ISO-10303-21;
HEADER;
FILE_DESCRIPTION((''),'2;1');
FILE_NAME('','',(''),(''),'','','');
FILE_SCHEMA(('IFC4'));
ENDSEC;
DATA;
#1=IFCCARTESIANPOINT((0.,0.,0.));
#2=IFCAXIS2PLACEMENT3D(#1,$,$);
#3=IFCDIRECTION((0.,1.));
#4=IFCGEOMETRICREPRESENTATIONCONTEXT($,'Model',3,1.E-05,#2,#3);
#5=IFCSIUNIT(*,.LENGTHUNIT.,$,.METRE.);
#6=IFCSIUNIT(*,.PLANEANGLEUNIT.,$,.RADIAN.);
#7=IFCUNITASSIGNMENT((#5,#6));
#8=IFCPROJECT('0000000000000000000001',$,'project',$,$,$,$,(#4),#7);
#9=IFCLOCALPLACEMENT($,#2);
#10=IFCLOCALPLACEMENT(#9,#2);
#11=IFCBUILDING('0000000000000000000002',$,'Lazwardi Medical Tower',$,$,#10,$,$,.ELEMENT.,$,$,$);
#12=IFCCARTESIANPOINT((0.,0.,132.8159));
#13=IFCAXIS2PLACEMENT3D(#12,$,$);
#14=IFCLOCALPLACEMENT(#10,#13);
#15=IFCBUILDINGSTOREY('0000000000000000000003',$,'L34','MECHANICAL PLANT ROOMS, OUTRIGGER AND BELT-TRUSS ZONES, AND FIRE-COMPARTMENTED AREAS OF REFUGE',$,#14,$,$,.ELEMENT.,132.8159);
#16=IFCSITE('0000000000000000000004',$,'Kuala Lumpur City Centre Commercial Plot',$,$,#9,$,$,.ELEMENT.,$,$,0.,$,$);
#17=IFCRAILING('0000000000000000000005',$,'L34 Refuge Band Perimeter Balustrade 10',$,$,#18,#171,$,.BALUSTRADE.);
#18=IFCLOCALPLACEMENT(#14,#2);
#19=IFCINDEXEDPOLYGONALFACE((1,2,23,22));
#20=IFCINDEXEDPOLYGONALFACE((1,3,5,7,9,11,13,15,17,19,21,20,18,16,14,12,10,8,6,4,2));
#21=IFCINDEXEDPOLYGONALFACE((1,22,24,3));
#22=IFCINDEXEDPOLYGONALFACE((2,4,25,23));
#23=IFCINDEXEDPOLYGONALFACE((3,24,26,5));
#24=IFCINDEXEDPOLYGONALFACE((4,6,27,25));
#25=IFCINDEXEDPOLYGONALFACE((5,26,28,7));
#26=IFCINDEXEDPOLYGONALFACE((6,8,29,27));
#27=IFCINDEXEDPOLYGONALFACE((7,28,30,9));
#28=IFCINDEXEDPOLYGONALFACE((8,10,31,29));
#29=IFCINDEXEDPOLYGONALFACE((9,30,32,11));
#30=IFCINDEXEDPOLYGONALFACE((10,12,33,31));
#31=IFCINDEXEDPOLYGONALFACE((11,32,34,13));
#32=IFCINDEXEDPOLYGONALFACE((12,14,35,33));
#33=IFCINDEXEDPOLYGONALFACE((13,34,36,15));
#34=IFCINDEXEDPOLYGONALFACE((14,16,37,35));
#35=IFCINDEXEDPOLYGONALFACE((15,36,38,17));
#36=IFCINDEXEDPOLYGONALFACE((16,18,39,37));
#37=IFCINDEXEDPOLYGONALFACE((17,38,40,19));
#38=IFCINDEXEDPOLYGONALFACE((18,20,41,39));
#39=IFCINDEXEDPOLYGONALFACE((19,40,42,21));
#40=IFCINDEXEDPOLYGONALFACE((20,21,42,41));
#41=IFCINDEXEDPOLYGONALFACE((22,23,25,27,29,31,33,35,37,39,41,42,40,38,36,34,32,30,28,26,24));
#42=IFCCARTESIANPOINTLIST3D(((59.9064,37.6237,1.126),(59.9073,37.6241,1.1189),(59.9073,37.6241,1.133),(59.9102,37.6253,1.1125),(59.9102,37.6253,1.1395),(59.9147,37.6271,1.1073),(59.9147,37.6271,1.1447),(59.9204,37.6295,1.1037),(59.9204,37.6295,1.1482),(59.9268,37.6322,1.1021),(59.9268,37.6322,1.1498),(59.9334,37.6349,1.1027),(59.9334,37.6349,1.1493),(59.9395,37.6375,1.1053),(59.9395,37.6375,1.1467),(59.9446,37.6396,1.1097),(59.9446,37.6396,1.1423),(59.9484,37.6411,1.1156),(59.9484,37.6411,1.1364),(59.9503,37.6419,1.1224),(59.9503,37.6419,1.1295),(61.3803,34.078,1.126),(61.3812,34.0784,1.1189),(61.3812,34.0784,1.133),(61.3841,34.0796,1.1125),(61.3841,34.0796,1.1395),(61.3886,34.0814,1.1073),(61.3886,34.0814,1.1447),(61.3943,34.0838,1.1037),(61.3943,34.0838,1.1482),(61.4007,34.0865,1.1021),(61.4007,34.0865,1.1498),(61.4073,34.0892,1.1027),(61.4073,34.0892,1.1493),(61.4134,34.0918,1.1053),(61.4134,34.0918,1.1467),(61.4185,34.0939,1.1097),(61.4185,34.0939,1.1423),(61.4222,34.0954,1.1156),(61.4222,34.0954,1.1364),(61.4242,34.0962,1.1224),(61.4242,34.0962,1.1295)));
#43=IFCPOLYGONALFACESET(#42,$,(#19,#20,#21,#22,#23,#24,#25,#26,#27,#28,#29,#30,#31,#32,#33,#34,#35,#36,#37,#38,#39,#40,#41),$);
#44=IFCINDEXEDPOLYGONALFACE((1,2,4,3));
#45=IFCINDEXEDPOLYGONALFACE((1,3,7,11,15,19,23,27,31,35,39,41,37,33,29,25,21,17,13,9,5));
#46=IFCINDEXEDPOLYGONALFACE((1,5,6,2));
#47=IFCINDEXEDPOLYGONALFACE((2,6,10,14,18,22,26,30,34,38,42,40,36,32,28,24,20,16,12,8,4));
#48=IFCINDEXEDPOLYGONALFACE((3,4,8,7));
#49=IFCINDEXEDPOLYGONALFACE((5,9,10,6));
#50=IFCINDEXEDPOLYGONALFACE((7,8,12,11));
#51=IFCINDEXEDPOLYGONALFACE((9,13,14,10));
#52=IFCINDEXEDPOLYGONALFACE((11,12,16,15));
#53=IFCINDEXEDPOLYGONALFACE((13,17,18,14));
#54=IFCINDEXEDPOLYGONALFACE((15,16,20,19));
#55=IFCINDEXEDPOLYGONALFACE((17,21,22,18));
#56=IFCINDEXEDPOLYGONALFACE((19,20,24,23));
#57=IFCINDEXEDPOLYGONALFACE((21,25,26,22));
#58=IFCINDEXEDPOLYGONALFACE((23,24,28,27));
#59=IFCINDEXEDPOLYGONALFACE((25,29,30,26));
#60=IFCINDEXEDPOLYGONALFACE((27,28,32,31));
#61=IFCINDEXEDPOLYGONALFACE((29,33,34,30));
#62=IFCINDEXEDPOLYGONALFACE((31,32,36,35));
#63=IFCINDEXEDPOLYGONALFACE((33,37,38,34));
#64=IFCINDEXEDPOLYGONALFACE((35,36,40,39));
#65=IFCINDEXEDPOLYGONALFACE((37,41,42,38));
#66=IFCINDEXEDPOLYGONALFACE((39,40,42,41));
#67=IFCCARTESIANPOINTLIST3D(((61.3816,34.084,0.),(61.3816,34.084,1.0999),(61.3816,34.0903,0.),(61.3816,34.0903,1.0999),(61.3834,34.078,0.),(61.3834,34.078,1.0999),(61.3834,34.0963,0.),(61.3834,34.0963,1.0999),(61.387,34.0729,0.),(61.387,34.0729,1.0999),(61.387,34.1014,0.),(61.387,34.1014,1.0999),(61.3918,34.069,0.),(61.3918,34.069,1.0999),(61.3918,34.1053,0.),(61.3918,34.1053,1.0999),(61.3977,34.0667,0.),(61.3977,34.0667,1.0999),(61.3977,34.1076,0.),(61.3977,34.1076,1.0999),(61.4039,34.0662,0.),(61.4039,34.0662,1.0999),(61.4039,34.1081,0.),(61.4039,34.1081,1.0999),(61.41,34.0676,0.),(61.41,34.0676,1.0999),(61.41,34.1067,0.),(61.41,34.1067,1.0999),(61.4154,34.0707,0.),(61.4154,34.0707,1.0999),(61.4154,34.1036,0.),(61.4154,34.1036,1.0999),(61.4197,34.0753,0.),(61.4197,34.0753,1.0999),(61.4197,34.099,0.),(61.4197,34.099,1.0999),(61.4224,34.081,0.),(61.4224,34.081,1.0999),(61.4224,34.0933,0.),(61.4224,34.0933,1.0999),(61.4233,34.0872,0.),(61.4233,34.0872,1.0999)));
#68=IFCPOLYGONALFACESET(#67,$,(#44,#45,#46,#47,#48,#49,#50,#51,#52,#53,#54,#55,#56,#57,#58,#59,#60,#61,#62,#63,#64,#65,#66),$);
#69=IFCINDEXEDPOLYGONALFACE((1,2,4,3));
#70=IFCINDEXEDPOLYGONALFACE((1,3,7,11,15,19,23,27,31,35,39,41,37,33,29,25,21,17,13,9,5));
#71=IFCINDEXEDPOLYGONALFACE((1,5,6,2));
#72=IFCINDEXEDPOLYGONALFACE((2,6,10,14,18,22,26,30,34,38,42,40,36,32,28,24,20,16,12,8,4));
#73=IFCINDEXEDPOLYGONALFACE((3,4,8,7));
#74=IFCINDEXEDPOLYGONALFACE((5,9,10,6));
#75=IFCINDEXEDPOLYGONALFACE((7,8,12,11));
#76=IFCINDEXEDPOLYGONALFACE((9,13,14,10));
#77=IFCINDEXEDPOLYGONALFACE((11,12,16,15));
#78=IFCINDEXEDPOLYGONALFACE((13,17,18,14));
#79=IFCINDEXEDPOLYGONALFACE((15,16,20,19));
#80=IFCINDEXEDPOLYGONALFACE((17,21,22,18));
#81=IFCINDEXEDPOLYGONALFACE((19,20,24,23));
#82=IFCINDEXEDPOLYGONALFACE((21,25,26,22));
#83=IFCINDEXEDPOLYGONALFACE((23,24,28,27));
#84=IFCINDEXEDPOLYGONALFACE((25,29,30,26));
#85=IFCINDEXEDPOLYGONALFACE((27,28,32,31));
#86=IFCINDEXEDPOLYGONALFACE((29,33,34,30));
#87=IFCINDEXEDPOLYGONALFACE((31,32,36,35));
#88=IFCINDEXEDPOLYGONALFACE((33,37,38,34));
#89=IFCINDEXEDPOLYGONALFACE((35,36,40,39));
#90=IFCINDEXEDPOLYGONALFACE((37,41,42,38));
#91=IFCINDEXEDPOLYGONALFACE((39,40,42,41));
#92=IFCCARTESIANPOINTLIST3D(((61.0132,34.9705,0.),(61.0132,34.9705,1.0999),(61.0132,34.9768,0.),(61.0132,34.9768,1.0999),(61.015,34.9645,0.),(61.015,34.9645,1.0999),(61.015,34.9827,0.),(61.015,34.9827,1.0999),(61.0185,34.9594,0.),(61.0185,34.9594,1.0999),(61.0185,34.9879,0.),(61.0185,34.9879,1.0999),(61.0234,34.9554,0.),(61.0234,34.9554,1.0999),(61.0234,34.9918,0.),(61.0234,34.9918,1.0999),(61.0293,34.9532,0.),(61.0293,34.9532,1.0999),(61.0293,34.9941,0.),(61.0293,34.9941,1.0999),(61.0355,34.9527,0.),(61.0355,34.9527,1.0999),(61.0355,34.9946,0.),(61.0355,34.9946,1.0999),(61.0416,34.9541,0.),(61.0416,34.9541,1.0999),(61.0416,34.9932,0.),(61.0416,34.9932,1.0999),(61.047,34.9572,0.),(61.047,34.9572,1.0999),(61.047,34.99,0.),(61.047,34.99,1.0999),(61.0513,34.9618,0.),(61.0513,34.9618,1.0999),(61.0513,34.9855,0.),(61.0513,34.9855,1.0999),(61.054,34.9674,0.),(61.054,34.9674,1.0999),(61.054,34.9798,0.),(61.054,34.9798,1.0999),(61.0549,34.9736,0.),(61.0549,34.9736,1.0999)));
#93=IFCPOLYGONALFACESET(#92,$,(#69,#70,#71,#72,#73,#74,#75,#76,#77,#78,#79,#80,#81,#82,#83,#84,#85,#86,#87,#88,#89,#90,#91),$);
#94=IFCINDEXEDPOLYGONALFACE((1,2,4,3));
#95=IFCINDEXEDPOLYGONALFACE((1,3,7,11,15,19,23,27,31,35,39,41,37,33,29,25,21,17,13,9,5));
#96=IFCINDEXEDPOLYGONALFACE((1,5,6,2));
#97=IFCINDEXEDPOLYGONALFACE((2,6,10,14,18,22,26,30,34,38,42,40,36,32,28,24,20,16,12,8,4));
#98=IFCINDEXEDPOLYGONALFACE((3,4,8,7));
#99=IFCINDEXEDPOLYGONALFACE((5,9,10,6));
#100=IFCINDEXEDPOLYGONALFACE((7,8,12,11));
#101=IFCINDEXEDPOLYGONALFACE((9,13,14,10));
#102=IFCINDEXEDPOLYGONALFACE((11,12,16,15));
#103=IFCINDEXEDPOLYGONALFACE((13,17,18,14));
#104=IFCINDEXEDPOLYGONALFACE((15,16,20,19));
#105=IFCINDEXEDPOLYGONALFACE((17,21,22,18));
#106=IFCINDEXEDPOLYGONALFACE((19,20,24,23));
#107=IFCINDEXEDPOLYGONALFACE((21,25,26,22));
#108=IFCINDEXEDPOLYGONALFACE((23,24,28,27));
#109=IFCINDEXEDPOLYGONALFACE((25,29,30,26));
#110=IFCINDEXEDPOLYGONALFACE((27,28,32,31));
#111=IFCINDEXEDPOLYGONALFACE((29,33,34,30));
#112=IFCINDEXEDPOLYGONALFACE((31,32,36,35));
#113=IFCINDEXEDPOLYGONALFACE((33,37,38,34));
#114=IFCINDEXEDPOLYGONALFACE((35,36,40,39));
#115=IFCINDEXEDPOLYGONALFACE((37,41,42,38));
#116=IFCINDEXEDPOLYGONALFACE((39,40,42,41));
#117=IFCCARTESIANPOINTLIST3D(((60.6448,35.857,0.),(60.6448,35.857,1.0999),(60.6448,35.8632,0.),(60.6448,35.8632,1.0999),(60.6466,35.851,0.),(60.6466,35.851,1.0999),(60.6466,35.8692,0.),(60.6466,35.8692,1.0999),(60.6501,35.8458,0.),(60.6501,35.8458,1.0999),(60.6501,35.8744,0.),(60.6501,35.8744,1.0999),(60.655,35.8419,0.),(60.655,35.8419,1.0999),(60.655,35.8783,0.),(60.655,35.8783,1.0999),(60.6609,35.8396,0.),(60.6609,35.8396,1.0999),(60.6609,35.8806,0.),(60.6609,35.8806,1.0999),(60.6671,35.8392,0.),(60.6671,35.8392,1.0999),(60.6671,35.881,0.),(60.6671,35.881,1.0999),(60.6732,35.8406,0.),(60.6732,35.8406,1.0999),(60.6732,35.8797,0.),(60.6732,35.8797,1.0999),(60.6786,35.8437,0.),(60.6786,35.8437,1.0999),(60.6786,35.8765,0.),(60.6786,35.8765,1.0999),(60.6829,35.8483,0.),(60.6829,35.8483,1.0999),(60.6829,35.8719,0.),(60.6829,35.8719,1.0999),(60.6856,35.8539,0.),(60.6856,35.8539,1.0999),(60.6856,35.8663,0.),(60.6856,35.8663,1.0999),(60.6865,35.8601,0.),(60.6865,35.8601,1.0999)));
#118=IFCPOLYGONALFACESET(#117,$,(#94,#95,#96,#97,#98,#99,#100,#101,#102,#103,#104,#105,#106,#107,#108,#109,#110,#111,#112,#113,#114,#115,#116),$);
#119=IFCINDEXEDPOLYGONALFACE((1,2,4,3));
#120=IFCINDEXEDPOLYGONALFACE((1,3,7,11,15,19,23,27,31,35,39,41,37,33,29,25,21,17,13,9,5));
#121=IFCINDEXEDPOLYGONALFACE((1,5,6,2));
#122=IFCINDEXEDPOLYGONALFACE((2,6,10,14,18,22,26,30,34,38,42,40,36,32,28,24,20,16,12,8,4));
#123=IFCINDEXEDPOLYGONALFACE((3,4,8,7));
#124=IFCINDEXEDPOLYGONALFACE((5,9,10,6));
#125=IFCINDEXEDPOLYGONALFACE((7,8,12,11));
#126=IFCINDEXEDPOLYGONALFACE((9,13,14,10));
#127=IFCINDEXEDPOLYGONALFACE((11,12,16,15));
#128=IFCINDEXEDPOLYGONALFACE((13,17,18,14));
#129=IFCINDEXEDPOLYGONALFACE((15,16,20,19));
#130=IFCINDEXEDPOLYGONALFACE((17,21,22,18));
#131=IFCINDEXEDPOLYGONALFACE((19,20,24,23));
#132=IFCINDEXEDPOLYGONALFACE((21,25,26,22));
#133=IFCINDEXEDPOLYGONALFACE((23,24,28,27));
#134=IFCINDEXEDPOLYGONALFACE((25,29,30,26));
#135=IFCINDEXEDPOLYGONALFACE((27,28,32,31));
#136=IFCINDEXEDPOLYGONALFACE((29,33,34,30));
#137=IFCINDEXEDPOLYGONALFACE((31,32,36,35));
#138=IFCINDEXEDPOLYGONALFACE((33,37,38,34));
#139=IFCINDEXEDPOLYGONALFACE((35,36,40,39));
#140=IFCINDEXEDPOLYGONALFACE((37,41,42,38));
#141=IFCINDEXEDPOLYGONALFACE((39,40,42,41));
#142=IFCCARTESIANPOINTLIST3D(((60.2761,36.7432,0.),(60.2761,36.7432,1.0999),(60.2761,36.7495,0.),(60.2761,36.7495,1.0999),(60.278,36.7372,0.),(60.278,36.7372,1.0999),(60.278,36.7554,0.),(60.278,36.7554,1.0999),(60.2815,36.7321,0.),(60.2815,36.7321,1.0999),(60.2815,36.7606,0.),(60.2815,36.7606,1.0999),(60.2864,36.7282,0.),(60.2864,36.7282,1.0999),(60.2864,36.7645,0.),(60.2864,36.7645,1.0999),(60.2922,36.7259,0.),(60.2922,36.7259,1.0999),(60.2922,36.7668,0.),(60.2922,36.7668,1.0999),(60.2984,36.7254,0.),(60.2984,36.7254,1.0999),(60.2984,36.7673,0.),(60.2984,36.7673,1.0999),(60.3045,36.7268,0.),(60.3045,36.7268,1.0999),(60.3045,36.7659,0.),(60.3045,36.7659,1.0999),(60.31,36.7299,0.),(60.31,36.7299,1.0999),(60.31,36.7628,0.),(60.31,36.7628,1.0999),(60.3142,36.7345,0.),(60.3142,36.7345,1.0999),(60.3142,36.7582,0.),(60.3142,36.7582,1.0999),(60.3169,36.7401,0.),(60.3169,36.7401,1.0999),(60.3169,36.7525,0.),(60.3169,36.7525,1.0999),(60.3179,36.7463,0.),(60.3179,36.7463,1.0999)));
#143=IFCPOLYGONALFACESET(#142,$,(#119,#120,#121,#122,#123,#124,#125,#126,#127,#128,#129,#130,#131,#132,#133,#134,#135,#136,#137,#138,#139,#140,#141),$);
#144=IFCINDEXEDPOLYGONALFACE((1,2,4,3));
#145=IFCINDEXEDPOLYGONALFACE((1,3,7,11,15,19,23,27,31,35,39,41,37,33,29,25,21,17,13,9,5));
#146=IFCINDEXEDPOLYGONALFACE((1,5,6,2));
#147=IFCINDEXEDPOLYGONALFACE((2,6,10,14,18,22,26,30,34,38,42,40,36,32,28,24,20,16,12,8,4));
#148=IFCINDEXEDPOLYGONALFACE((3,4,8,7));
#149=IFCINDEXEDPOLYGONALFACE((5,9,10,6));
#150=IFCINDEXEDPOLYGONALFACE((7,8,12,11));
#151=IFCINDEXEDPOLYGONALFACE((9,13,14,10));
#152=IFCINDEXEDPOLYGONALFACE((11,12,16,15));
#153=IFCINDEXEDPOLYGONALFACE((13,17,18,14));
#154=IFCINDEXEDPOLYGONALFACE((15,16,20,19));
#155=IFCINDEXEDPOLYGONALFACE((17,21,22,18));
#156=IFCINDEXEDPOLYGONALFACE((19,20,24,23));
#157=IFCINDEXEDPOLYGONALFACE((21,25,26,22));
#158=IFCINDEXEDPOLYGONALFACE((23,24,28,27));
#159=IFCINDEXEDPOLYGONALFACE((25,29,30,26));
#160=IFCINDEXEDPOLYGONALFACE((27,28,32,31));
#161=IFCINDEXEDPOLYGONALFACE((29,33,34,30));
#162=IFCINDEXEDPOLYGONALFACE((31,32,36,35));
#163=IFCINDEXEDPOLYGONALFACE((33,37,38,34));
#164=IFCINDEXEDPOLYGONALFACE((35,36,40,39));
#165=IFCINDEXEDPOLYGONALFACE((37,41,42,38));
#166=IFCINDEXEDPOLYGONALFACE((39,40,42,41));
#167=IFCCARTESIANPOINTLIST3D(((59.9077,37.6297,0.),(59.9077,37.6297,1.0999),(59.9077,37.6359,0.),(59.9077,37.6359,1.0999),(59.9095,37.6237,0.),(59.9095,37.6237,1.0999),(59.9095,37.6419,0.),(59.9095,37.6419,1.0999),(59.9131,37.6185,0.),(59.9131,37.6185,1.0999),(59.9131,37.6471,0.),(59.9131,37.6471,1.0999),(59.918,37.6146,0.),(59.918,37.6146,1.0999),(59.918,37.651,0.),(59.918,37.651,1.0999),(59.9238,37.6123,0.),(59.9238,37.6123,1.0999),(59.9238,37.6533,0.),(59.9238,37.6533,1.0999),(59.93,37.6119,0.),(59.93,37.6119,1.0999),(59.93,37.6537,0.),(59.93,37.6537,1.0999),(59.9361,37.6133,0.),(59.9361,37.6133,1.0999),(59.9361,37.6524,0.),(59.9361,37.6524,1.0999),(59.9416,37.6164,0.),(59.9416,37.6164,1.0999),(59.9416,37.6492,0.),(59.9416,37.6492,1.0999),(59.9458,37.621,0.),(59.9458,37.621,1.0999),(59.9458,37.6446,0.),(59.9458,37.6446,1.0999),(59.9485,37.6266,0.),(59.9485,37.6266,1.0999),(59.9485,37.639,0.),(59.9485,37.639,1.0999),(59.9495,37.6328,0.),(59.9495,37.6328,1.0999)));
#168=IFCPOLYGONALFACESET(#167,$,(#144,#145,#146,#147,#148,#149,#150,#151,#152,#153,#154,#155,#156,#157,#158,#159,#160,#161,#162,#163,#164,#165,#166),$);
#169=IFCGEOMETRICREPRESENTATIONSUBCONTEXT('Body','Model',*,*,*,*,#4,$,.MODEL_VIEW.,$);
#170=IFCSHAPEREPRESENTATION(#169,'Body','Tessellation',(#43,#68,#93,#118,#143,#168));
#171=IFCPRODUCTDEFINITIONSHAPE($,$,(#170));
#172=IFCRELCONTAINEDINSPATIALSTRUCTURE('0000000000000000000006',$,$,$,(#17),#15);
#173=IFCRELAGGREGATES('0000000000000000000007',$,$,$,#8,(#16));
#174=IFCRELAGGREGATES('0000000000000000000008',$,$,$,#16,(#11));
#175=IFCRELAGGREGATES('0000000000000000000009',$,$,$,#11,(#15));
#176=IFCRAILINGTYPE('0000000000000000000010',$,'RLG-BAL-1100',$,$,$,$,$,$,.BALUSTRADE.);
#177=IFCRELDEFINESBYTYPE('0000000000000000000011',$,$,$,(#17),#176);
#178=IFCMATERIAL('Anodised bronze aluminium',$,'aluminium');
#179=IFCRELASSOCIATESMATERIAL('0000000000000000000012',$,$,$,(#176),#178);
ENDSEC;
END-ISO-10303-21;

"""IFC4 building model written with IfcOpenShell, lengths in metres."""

from ifc_helpers import new_model, si_unit, direction, frame, origin, origin_2d, place, context, subcontext, project, spatial, circle, extrude, material, type_object, element, save


model = new_model("IFC4")

# Units and contexts
model_context = context("Model", 3, precision=1e-05, world=origin(), true_north=direction((0.0, 1.0)))
body_context = subcontext(model_context, "Body", "Model", "MODEL_VIEW")
ifc_project = project(units=[si_unit("LENGTHUNIT", "METRE"), si_unit("PLANEANGLEUNIT", "RADIAN")], contexts=[model_context])

# Site, building, storey
site_placement = place(None, origin())
site = spatial("IfcSite", under=ifc_project, at=site_placement, Name="Kuala Lumpur City Centre Commercial Plot", CompositionType="ELEMENT", RefElevation=0.0)
building_placement = place(site_placement, origin())
building = spatial("IfcBuilding", under=site, at=building_placement, Name="Lazwardi Medical Tower", CompositionType="ELEMENT")
storey_placement = place(building_placement, frame((0.0, 0.0, 132.8159)))
storey = spatial("IfcBuildingStorey", under=building, at=storey_placement, Name="L34", Description="MECHANICAL PLANT ROOMS, OUTRIGGER AND BELT-TRUSS ZONES, AND FIRE-COMPARTMENTED AREAS OF REFUGE", CompositionType="ELEMENT", Elevation=132.8159)

# Railing
ifc_material_1 = material(Name="Anodised bronze aluminium", Category="aluminium")
railing_type = type_object("IfcRailingType", Name="RLG-BAL-1100", PredefinedType="BALUSTRADE", material=ifc_material_1)
railing_1_placement = place(storey_placement, frame((61.4023, 34.0872, 0.0)))
element("IfcRailing", 1, at=railing_1_placement, inside=storey, type_object=railing_type, Name="L34 Refuge Band Perimeter Balustrade 10", PredefinedType="BALUSTRADE", context=body_context, shape_type="SweptSolid", body=[
    extrude(circle(Radius=0.0239, at=origin_2d()), frame((0.0, 0.0, 1.126), z_axis=(-0.383843, 0.923398, 0.0), x_axis=(-0.923398, -0.383843, 0.0)), (0.0, 0.0, 1.0), 3.8398),
    extrude(circle(Radius=0.021, at=origin_2d()), origin(), (0.0, 0.0, 1.0), 1.0999),
    extrude(circle(Radius=0.021, at=origin_2d()), frame((-0.3684, 0.8865, 0.0)), (0.0, 0.0, 1.0), 1.0999),
    extrude(circle(Radius=0.021, at=origin_2d()), frame((-0.7368, 1.7729, 0.0)), (0.0, 0.0, 1.0), 1.0999),
    extrude(circle(Radius=0.021, at=origin_2d()), frame((-1.1055, 2.6592, 0.0)), (0.0, 0.0, 1.0), 1.0999),
    extrude(circle(Radius=0.021, at=origin_2d()), frame((-1.4739, 3.5457, 0.0)), (0.0, 0.0, 1.0), 1.0999),
])

save(model, "model.ifc")
